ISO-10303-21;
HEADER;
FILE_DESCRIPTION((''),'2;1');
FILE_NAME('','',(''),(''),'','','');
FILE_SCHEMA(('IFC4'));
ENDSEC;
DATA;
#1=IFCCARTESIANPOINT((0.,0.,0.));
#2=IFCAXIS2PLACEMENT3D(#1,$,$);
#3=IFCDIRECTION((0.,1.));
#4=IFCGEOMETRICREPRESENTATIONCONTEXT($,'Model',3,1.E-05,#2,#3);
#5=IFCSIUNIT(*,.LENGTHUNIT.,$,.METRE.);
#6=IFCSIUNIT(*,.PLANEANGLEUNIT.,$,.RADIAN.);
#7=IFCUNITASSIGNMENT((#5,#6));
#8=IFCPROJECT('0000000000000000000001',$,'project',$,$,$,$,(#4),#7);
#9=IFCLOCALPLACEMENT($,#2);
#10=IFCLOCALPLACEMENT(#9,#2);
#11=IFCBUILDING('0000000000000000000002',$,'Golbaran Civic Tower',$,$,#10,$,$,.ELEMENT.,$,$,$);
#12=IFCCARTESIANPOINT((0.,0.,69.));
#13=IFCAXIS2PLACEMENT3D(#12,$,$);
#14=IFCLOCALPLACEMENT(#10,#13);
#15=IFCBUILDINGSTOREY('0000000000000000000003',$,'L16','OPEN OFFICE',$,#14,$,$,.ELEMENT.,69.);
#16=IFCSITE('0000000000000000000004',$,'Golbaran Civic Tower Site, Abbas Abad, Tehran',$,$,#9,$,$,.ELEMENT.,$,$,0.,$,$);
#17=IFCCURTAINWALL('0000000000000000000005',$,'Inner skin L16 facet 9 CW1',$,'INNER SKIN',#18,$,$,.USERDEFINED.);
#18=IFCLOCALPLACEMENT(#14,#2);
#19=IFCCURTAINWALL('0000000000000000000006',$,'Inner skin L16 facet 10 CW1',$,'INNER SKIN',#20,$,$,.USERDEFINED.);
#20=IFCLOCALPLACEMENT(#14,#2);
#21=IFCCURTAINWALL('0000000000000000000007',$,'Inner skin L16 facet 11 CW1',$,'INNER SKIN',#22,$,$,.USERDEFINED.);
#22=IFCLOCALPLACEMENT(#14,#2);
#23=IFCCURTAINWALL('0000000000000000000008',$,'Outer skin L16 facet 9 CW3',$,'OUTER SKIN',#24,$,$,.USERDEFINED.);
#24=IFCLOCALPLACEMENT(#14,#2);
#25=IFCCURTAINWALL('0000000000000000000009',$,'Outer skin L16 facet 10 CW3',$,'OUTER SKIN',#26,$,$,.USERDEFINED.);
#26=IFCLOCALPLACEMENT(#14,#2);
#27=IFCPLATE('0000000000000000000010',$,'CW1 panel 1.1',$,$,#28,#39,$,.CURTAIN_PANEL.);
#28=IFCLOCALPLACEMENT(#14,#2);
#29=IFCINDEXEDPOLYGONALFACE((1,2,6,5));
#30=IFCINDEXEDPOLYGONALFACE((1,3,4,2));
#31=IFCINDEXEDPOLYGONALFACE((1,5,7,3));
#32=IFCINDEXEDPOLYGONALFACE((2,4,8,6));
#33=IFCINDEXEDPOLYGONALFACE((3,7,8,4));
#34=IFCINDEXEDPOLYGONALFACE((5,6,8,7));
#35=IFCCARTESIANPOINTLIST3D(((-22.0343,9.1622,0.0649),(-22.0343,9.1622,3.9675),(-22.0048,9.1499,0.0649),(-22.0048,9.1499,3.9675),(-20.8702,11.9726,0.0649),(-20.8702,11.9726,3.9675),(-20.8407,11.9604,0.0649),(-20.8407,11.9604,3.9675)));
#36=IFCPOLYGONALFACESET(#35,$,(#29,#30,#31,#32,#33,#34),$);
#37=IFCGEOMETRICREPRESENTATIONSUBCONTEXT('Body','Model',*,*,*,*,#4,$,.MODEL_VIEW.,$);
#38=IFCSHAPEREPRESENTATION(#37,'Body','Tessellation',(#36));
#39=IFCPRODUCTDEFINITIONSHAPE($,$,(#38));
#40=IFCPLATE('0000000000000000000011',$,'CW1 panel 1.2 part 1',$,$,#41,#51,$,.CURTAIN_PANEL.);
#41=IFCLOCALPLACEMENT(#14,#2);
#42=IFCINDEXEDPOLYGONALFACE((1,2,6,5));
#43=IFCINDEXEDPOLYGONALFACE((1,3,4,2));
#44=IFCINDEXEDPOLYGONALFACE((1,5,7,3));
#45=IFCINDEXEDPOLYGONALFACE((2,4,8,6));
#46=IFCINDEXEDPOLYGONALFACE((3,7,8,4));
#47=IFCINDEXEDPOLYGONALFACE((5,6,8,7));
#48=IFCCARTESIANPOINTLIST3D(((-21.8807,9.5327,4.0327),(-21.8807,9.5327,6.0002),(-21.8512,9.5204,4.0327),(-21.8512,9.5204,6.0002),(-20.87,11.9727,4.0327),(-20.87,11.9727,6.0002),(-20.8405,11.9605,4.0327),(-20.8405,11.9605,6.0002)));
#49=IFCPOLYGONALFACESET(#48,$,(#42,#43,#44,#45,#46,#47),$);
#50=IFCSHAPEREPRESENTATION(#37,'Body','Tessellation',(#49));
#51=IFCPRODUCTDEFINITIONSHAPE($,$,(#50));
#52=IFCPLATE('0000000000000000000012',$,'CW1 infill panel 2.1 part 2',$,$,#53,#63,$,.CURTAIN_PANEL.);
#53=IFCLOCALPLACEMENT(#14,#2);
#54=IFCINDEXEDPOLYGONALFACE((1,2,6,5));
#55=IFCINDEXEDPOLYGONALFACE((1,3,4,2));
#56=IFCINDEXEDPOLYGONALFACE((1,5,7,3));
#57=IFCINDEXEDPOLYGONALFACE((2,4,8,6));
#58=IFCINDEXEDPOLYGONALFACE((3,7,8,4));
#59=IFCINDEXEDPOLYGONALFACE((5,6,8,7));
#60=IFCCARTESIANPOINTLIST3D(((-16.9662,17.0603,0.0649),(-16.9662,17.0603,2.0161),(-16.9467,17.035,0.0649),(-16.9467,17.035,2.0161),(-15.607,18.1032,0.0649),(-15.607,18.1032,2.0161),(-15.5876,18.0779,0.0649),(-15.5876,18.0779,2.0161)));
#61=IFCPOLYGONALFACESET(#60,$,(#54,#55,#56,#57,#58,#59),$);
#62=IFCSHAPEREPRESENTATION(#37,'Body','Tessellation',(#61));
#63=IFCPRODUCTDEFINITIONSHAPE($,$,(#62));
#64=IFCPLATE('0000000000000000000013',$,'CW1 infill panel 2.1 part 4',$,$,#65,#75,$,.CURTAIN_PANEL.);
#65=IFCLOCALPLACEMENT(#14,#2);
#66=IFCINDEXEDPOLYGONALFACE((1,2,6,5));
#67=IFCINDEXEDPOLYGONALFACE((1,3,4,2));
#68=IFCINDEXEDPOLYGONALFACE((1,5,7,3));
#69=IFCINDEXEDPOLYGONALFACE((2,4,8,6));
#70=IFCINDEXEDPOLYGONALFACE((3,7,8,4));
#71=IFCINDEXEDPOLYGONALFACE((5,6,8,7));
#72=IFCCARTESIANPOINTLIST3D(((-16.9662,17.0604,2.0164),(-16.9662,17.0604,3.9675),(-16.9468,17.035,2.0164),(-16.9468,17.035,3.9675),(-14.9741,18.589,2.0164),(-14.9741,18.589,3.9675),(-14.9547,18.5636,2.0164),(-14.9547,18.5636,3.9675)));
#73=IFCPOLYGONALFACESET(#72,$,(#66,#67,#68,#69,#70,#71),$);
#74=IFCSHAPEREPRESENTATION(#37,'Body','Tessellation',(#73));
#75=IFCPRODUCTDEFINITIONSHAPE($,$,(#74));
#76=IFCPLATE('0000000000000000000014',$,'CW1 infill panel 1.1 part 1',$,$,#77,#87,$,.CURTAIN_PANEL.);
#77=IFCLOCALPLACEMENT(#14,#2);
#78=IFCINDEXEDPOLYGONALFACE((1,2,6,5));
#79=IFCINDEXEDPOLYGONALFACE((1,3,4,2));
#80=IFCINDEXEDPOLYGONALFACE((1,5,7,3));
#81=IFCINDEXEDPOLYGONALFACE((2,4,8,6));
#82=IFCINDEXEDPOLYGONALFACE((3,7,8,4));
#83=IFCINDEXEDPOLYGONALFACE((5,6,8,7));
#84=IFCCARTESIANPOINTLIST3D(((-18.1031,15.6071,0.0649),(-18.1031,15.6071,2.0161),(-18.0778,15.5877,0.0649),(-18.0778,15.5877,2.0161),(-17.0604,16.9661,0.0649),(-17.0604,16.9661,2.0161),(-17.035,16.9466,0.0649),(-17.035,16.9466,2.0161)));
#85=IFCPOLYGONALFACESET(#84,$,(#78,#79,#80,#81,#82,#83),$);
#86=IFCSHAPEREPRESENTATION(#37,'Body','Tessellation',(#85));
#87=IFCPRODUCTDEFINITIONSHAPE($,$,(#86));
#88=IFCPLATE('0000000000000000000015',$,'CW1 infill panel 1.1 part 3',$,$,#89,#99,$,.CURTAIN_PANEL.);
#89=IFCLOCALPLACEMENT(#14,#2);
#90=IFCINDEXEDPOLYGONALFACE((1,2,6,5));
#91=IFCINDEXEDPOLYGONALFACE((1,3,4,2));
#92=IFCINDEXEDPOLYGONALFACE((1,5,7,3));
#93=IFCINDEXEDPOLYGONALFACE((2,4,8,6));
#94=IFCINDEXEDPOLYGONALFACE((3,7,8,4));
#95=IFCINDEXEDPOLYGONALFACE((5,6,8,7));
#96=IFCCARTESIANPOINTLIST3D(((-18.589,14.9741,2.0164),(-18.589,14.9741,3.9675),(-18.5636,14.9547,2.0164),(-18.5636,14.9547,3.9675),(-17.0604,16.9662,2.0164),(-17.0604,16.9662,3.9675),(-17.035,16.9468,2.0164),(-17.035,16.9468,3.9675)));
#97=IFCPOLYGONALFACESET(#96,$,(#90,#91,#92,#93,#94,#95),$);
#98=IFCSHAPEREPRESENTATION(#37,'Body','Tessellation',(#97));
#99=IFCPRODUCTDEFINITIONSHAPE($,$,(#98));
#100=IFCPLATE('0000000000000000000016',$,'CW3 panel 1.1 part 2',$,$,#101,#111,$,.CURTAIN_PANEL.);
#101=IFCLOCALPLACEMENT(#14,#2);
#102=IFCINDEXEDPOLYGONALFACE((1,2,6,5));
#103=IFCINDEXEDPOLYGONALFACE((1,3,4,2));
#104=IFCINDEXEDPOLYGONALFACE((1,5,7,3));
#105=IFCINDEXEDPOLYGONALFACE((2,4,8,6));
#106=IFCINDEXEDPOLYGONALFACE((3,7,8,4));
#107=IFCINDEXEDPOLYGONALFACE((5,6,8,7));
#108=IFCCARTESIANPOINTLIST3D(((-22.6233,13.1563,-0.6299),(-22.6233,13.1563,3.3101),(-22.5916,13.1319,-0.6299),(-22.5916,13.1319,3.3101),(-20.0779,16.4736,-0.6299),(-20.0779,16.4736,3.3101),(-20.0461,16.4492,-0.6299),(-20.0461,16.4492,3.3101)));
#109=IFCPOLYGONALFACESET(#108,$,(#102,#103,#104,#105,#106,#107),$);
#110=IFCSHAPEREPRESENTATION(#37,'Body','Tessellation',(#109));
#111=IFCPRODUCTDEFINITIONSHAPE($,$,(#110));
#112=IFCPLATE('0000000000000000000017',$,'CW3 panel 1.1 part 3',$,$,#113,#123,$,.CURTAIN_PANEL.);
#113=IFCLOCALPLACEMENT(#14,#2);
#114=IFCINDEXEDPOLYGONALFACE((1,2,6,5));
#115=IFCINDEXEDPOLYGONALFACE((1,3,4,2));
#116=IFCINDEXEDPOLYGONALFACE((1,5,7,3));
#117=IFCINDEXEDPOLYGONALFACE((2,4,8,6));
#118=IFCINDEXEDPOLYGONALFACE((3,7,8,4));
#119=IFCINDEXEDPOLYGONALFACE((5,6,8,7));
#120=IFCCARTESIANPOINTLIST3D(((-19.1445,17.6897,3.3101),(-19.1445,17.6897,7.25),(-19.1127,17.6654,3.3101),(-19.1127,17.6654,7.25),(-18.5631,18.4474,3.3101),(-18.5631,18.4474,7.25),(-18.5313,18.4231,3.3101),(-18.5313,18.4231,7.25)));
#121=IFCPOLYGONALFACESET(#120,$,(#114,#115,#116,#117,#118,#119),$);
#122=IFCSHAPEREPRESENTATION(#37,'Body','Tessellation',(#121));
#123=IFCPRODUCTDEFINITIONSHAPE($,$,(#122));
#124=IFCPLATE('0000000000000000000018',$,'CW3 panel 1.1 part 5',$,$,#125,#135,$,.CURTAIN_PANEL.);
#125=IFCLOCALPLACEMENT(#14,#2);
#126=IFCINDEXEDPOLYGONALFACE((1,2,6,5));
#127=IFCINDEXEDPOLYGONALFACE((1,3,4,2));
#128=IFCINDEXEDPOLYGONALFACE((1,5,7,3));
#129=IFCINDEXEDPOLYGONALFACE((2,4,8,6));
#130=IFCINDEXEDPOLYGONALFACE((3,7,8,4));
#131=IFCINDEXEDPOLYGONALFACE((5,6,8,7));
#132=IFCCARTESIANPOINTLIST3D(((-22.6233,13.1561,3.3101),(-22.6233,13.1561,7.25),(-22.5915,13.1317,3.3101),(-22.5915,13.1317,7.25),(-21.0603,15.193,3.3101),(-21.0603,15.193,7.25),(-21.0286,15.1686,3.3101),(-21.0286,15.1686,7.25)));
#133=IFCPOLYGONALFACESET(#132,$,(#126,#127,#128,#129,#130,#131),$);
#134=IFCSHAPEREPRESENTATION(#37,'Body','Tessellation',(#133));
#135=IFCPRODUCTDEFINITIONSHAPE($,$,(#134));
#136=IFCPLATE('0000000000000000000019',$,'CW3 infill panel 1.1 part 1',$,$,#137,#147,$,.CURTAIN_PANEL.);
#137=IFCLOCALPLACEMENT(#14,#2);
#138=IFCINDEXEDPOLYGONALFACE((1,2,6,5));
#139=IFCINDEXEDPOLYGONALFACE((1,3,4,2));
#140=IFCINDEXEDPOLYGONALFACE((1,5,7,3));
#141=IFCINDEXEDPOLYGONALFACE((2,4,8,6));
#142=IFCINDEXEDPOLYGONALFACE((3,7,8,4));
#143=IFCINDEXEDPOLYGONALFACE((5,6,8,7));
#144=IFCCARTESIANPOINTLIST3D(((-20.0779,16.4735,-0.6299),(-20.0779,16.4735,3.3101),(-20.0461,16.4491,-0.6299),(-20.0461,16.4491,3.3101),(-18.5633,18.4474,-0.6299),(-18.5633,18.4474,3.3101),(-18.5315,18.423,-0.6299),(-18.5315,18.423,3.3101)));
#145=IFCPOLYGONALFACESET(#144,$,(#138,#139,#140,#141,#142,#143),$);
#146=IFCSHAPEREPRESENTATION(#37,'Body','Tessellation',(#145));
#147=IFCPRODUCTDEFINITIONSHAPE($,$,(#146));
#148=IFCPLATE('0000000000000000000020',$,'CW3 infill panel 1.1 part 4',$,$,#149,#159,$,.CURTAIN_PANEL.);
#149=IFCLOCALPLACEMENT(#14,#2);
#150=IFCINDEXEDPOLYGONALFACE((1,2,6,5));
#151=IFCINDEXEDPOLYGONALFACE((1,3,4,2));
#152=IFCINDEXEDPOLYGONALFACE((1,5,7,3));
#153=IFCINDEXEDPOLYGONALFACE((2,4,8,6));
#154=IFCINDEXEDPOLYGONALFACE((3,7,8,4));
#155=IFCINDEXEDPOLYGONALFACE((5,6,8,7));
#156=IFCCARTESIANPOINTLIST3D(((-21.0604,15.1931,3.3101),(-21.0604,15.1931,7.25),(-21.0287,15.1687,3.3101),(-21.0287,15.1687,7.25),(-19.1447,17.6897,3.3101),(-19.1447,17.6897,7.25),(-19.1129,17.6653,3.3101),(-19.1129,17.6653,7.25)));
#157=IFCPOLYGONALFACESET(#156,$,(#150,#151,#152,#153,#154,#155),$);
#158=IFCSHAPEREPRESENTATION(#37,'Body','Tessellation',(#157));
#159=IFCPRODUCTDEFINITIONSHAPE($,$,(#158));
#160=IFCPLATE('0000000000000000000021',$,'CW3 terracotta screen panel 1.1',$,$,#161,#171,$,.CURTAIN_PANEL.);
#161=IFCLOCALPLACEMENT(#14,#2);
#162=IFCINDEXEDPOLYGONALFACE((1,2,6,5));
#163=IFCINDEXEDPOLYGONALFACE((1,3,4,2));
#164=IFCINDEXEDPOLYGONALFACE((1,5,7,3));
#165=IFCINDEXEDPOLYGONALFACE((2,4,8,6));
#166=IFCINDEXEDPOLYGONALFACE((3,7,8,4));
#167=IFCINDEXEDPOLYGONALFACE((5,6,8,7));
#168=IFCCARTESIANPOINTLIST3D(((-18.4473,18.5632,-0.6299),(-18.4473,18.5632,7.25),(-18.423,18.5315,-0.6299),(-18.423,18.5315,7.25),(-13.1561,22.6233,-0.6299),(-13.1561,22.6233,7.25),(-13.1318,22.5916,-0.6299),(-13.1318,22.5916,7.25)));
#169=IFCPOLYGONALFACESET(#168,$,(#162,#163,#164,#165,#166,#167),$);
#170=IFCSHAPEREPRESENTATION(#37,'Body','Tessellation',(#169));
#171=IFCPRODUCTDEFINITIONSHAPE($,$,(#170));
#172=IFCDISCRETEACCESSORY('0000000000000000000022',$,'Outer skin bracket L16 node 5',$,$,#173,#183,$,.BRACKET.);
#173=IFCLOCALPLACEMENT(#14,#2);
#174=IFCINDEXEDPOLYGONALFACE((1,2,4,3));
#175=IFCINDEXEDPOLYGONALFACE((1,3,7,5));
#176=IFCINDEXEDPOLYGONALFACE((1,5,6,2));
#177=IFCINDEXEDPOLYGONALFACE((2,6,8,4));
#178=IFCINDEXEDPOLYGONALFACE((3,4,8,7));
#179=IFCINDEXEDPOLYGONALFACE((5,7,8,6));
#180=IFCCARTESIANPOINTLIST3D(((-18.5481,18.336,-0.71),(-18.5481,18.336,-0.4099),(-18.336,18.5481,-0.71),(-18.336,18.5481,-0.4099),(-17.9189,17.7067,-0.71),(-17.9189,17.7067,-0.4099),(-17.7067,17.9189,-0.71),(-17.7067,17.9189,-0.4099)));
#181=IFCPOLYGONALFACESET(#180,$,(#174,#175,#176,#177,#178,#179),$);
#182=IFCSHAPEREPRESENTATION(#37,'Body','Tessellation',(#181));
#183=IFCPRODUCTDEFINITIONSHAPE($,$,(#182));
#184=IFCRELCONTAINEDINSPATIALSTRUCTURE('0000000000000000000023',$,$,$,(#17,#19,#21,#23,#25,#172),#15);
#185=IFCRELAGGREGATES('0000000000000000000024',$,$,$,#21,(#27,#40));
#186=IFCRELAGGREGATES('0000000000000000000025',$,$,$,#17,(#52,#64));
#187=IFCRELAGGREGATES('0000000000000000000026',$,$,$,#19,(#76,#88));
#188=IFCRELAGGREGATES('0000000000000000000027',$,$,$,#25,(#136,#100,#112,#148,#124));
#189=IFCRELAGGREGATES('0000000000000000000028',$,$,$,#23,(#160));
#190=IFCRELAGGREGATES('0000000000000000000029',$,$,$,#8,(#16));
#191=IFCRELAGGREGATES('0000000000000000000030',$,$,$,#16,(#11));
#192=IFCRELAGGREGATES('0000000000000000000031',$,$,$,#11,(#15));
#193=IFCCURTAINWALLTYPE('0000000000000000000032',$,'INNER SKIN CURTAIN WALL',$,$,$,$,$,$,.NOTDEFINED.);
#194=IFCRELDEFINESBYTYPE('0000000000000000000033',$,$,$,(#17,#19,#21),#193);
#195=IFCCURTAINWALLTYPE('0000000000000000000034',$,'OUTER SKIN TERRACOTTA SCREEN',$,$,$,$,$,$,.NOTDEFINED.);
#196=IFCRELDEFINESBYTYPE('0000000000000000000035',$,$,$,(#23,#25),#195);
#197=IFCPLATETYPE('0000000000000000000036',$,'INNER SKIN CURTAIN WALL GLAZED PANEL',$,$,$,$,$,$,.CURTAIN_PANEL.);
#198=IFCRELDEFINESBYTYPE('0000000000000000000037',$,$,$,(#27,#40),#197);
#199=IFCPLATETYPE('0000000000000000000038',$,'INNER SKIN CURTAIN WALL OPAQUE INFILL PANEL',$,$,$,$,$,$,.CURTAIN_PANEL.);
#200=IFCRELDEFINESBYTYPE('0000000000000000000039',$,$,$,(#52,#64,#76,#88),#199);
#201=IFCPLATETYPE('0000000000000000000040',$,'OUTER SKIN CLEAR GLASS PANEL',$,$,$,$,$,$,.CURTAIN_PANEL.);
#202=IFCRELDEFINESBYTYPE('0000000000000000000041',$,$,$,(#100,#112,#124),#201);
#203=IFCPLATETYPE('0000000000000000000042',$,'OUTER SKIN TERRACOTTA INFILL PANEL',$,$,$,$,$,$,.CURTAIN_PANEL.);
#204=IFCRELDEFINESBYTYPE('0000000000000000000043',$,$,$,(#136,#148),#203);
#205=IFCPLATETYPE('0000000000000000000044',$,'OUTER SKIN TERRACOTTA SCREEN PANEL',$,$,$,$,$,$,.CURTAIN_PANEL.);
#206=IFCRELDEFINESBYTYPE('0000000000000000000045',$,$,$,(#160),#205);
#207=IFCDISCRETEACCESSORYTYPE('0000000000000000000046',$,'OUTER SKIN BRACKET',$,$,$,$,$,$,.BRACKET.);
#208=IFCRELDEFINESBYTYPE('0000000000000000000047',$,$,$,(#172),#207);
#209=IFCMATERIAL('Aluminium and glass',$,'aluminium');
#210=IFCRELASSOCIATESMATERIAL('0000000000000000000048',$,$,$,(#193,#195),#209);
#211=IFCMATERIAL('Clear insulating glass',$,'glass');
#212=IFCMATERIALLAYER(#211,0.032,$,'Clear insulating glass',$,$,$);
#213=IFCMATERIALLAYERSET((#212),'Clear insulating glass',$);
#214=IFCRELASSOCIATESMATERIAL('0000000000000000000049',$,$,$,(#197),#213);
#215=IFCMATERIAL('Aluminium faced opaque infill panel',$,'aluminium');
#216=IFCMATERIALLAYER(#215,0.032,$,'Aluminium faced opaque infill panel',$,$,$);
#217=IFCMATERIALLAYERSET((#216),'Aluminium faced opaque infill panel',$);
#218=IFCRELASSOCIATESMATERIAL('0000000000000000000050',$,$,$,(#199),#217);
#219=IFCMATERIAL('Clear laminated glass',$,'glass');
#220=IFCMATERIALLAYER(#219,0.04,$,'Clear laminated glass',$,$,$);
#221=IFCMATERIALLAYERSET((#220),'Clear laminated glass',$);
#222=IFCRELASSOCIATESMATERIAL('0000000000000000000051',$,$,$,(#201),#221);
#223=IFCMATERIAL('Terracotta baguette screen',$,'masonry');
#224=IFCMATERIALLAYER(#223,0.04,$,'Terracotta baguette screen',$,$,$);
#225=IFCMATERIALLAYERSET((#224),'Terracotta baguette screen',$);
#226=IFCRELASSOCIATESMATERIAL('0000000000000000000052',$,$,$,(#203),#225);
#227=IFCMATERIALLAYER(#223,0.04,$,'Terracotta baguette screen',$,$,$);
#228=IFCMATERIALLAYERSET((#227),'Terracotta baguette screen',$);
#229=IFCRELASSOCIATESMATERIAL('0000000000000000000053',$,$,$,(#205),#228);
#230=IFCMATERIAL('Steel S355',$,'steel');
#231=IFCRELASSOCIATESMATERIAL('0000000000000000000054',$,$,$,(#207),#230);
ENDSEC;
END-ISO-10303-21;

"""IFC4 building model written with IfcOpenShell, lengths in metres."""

from ifc_helpers import new_model, si_unit, direction, frame, origin, origin_2d, place, context, subcontext, project, spatial, rectangle, extrude, material, layer, layer_set, type_object, element, aggregate, save


model = new_model("IFC4")

# Units and contexts
model_context = context("Model", 3, precision=1e-05, world=origin(), true_north=direction((0.0, 1.0)))
body_context = subcontext(model_context, "Body", "Model", "MODEL_VIEW")
ifc_project = project(units=[si_unit("LENGTHUNIT", "METRE"), si_unit("PLANEANGLEUNIT", "RADIAN")], contexts=[model_context])

# Site, building, storey
site_placement = place(None, origin())
site = spatial("IfcSite", under=ifc_project, at=site_placement, Name="Golbaran Civic Tower Site, Abbas Abad, Tehran", CompositionType="ELEMENT", RefElevation=0.0)
building_placement = place(site_placement, origin())
building = spatial("IfcBuilding", under=site, at=building_placement, Name="Golbaran Civic Tower", CompositionType="ELEMENT")
storey_placement = place(building_placement, frame((0.0, 0.0, 69.0)))
storey = spatial("IfcBuildingStorey", under=building, at=storey_placement, Name="L16", Description="OPEN OFFICE", CompositionType="ELEMENT", Elevation=69.0)

# Shared definitions
ifc_material_1 = material(Name="Steel S355", Category="steel")

# Curtain wall
ifc_material_2 = material(Name="Aluminium and glass", Category="aluminium")
curtain_wall_type_1 = type_object("IfcCurtainWallType", Name="INNER SKIN CURTAIN WALL", PredefinedType="NOTDEFINED", material=ifc_material_2)
curtain_wall_1_placement = place(storey_placement, origin())
curtain_wall_1 = element("IfcCurtainWall", 1, at=curtain_wall_1_placement, inside=storey, type_object=curtain_wall_type_1, Name="Inner skin L16 facet 9 CW1", ObjectType="INNER SKIN", PredefinedType="USERDEFINED")

# Curtain wall
curtain_wall_2_placement = place(storey_placement, origin())
curtain_wall_2 = element("IfcCurtainWall", 2, at=curtain_wall_2_placement, inside=storey, type_object=curtain_wall_type_1, Name="Inner skin L16 facet 10 CW1", ObjectType="INNER SKIN", PredefinedType="USERDEFINED")

# Curtain wall
curtain_wall_3_placement = place(storey_placement, origin())
curtain_wall_3 = element("IfcCurtainWall", 3, at=curtain_wall_3_placement, inside=storey, type_object=curtain_wall_type_1, Name="Inner skin L16 facet 11 CW1", ObjectType="INNER SKIN", PredefinedType="USERDEFINED")

# Curtain wall
curtain_wall_type_2 = type_object("IfcCurtainWallType", Name="OUTER SKIN TERRACOTTA SCREEN", PredefinedType="NOTDEFINED", material=ifc_material_2)
curtain_wall_4_placement = place(storey_placement, origin())
curtain_wall_4 = element("IfcCurtainWall", 4, at=curtain_wall_4_placement, inside=storey, type_object=curtain_wall_type_2, Name="Outer skin L16 facet 9 CW3", ObjectType="OUTER SKIN", PredefinedType="USERDEFINED")

# Curtain wall
curtain_wall_5_placement = place(storey_placement, origin())
curtain_wall_5 = element("IfcCurtainWall", 5, at=curtain_wall_5_placement, inside=storey, type_object=curtain_wall_type_2, Name="Outer skin L16 facet 10 CW3", ObjectType="OUTER SKIN", PredefinedType="USERDEFINED")

# Plates
ifc_material_3 = material(Name="Clear insulating glass", Category="glass")
ifc_layer_1 = layer(ifc_material_3, 0.032, Name="Clear insulating glass")
ifc_layer_set_1 = layer_set([ifc_layer_1], Name="Clear insulating glass")
plate_type_1 = type_object("IfcPlateType", Name="INNER SKIN CURTAIN WALL GLAZED PANEL", PredefinedType="CURTAIN_PANEL", material=ifc_layer_set_1)
plate_1_placement = place(storey_placement, frame((-21.4375, 10.5613, 0.0649), z_axis=(0.0, 0.0, 1.0), x_axis=(-0.382683, -0.92388, 0.0)))
plate_1 = element("IfcPlate", 6, at=plate_1_placement, type_object=plate_type_1, Name="CW1 panel 1.1", PredefinedType="CURTAIN_PANEL", context=body_context, shape_type="SweptSolid", body=[
    extrude(rectangle(XDim=3.042, YDim=0.032, at=origin_2d()), origin(), (0.0, 0.0, 1.0), 3.9026),
])
plate_2_placement = place(storey_placement, frame((-21.3606, 10.7466, 4.0327), z_axis=(0.0, 0.0, 1.0), x_axis=(-0.382683, -0.92388, 0.0)))
plate_2 = element("IfcPlate", 7, at=plate_2_placement, type_object=plate_type_1, Name="CW1 panel 1.2 part 1", PredefinedType="CURTAIN_PANEL", context=body_context, shape_type="SweptSolid", body=[
    extrude(rectangle(XDim=2.6411, YDim=0.032, at=origin_2d()), origin(), (0.0, 0.0, 1.0), 1.9675),
])
aggregate(curtain_wall_3, [plate_1, plate_2])
ifc_material_4 = material(Name="Aluminium faced opaque infill panel", Category="aluminium")
ifc_layer_2 = layer(ifc_material_4, 0.032, Name="Aluminium faced opaque infill panel")
ifc_layer_set_2 = layer_set([ifc_layer_2], Name="Aluminium faced opaque infill panel")
plate_type_2 = type_object("IfcPlateType", Name="INNER SKIN CURTAIN WALL OPAQUE INFILL PANEL", PredefinedType="CURTAIN_PANEL", material=ifc_layer_set_2)
plate_3_placement = place(storey_placement, frame((-16.2769, 17.5691, 0.0649), z_axis=(0.0, 0.0, 1.0), x_axis=(-0.793353, -0.608761, 0.0)))
plate_3 = element("IfcPlate", 8, at=plate_3_placement, type_object=plate_type_2, Name="CW1 infill panel 2.1 part 2", PredefinedType="CURTAIN_PANEL", context=body_context, shape_type="SweptSolid", body=[
    extrude(rectangle(XDim=1.7131, YDim=0.032, at=origin_2d()), origin(), (0.0, 0.0, 1.0), 1.9512),
])
plate_4_placement = place(storey_placement, frame((-15.9604, 17.812, 2.0164), z_axis=(0.0, 0.0, 1.0), x_axis=(-0.793353, -0.608761, 0.0)))
plate_4 = element("IfcPlate", 9, at=plate_4_placement, type_object=plate_type_2, Name="CW1 infill panel 2.1 part 4", PredefinedType="CURTAIN_PANEL", context=body_context, shape_type="SweptSolid", body=[
    extrude(rectangle(XDim=2.511, YDim=0.032, at=origin_2d()), origin(), (0.0, 0.0, 1.0), 1.9512),
])
aggregate(curtain_wall_1, [plate_3, plate_4])
plate_5_placement = place(storey_placement, frame((-17.5691, 16.2769, 0.0649), z_axis=(0.0, 0.0, 1.0), x_axis=(-0.608761, -0.793353, 0.0)))
plate_5 = element("IfcPlate", 10, at=plate_5_placement, type_object=plate_type_2, Name="CW1 infill panel 1.1 part 1", PredefinedType="CURTAIN_PANEL", context=body_context, shape_type="SweptSolid", body=[
    extrude(rectangle(XDim=1.7129, YDim=0.032, at=origin_2d()), origin(), (0.0, 0.0, 1.0), 1.9512),
])
plate_6_placement = place(storey_placement, frame((-17.812, 15.9604, 2.0164), z_axis=(0.0, 0.0, 1.0), x_axis=(-0.608761, -0.793353, 0.0)))
plate_6 = element("IfcPlate", 11, at=plate_6_placement, type_object=plate_type_2, Name="CW1 infill panel 1.1 part 3", PredefinedType="CURTAIN_PANEL", context=body_context, shape_type="SweptSolid", body=[
    extrude(rectangle(XDim=2.511, YDim=0.032, at=origin_2d()), origin(), (0.0, 0.0, 1.0), 1.9512),
])
aggregate(curtain_wall_2, [plate_5, plate_6])
ifc_material_5 = material(Name="Clear laminated glass", Category="glass")
ifc_layer_3 = layer(ifc_material_5, 0.04, Name="Clear laminated glass")
ifc_layer_set_3 = layer_set([ifc_layer_3], Name="Clear laminated glass")
plate_type_3 = type_object("IfcPlateType", Name="OUTER SKIN CLEAR GLASS PANEL", PredefinedType="CURTAIN_PANEL", material=ifc_layer_set_3)
plate_7_placement = place(storey_placement, frame((-21.3347, 14.8027, -0.6299), z_axis=(0.0, 0.0, 1.0), x_axis=(-0.608761, -0.793353, 0.0)))
plate_7 = element("IfcPlate", 12, at=plate_7_placement, type_object=plate_type_3, Name="CW3 panel 1.1 part 2", PredefinedType="CURTAIN_PANEL", context=body_context, shape_type="SweptSolid", body=[
    extrude(rectangle(XDim=4.1814, YDim=0.04, at=origin_2d()), origin(), (0.0, 0.0, 1.0), 3.9399),
])
plate_8_placement = place(storey_placement, frame((-18.8379, 18.0564, 3.3101), z_axis=(0.0, 0.0, 1.0), x_axis=(-0.608761, -0.793353, 0.0)))
plate_8 = element("IfcPlate", 13, at=plate_8_placement, type_object=plate_type_3, Name="CW3 panel 1.1 part 3", PredefinedType="CURTAIN_PANEL", context=body_context, shape_type="SweptSolid", body=[
    extrude(rectangle(XDim=0.9551, YDim=0.04, at=origin_2d()), origin(), (0.0, 0.0, 1.0), 3.9399),
])
plate_9_placement = place(storey_placement, frame((-21.8259, 14.1624, 3.3101), z_axis=(0.0, 0.0, 1.0), x_axis=(-0.608761, -0.793353, 0.0)))
plate_9 = element("IfcPlate", 14, at=plate_9_placement, type_object=plate_type_3, Name="CW3 panel 1.1 part 5", PredefinedType="CURTAIN_PANEL", context=body_context, shape_type="SweptSolid", body=[
    extrude(rectangle(XDim=2.5674, YDim=0.04, at=origin_2d()), origin(), (0.0, 0.0, 1.0), 3.9399),
])
ifc_material_6 = material(Name="Terracotta baguette screen", Category="masonry")
ifc_layer_4 = layer(ifc_material_6, 0.04, Name="Terracotta baguette screen")
ifc_layer_set_4 = layer_set([ifc_layer_4], Name="Terracotta baguette screen")
plate_type_4 = type_object("IfcPlateType", Name="OUTER SKIN TERRACOTTA INFILL PANEL", PredefinedType="CURTAIN_PANEL", material=ifc_layer_set_4)
plate_10_placement = place(storey_placement, frame((-19.3047, 17.4482, -0.6299), z_axis=(0.0, 0.0, 1.0), x_axis=(-0.608761, -0.793353, 0.0)))
plate_10 = element("IfcPlate", 15, at=plate_10_placement, type_object=plate_type_4, Name="CW3 infill panel 1.1 part 1", PredefinedType="CURTAIN_PANEL", context=body_context, shape_type="SweptSolid", body=[
    extrude(rectangle(XDim=2.488, YDim=0.04, at=origin_2d()), origin(), (0.0, 0.0, 1.0), 3.9399),
])
plate_11_placement = place(storey_placement, frame((-20.0867, 16.4292, 3.3101), z_axis=(0.0, 0.0, 1.0), x_axis=(-0.608761, -0.793353, 0.0)))
plate_11 = element("IfcPlate", 16, at=plate_11_placement, type_object=plate_type_4, Name="CW3 infill panel 1.1 part 4", PredefinedType="CURTAIN_PANEL", context=body_context, shape_type="SweptSolid", body=[
    extrude(rectangle(XDim=3.147, YDim=0.04, at=origin_2d()), origin(), (0.0, 0.0, 1.0), 3.9399),
])
aggregate(curtain_wall_5, [plate_10, plate_7, plate_8, plate_11, plate_9])
ifc_layer_5 = layer(ifc_material_6, 0.04, Name="Terracotta baguette screen")
ifc_layer_set_5 = layer_set([ifc_layer_5], Name="Terracotta baguette screen")
plate_type_5 = type_object("IfcPlateType", Name="OUTER SKIN TERRACOTTA SCREEN PANEL", PredefinedType="CURTAIN_PANEL", material=ifc_layer_set_5)
plate_12_placement = place(storey_placement, frame((-15.7896, 20.5774, -0.6299), z_axis=(0.0, 0.0, 1.0), x_axis=(-0.793353, -0.608761, 0.0)))
plate_12 = element("IfcPlate", 17, at=plate_12_placement, type_object=plate_type_5, Name="CW3 terracotta screen panel 1.1", PredefinedType="CURTAIN_PANEL", context=body_context, shape_type="SweptSolid", body=[
    extrude(rectangle(XDim=6.6694, YDim=0.04, at=origin_2d()), origin(), (0.0, 0.0, 1.0), 7.8799),
])
aggregate(curtain_wall_4, [plate_12])

# Discrete accessory
discrete_accessory_type = type_object("IfcDiscreteAccessoryType", Name="OUTER SKIN BRACKET", PredefinedType="BRACKET", material=ifc_material_1)
discrete_accessory_placement = place(storey_placement, frame((-18.1274, 18.1274, -0.71), z_axis=(0.0, 0.0, 1.0), x_axis=(-0.707107, 0.707107, 0.0)))
element("IfcDiscreteAccessory", 18, at=discrete_accessory_placement, inside=storey, type_object=discrete_accessory_type, Name="Outer skin bracket L16 node 5", PredefinedType="BRACKET", context=body_context, shape_type="SweptSolid", body=[
    extrude(rectangle(XDim=0.8899, YDim=0.3, at=origin_2d()), origin(), (0.0, 0.0, 1.0), 0.3),
])

save(model, "model.ifc")
